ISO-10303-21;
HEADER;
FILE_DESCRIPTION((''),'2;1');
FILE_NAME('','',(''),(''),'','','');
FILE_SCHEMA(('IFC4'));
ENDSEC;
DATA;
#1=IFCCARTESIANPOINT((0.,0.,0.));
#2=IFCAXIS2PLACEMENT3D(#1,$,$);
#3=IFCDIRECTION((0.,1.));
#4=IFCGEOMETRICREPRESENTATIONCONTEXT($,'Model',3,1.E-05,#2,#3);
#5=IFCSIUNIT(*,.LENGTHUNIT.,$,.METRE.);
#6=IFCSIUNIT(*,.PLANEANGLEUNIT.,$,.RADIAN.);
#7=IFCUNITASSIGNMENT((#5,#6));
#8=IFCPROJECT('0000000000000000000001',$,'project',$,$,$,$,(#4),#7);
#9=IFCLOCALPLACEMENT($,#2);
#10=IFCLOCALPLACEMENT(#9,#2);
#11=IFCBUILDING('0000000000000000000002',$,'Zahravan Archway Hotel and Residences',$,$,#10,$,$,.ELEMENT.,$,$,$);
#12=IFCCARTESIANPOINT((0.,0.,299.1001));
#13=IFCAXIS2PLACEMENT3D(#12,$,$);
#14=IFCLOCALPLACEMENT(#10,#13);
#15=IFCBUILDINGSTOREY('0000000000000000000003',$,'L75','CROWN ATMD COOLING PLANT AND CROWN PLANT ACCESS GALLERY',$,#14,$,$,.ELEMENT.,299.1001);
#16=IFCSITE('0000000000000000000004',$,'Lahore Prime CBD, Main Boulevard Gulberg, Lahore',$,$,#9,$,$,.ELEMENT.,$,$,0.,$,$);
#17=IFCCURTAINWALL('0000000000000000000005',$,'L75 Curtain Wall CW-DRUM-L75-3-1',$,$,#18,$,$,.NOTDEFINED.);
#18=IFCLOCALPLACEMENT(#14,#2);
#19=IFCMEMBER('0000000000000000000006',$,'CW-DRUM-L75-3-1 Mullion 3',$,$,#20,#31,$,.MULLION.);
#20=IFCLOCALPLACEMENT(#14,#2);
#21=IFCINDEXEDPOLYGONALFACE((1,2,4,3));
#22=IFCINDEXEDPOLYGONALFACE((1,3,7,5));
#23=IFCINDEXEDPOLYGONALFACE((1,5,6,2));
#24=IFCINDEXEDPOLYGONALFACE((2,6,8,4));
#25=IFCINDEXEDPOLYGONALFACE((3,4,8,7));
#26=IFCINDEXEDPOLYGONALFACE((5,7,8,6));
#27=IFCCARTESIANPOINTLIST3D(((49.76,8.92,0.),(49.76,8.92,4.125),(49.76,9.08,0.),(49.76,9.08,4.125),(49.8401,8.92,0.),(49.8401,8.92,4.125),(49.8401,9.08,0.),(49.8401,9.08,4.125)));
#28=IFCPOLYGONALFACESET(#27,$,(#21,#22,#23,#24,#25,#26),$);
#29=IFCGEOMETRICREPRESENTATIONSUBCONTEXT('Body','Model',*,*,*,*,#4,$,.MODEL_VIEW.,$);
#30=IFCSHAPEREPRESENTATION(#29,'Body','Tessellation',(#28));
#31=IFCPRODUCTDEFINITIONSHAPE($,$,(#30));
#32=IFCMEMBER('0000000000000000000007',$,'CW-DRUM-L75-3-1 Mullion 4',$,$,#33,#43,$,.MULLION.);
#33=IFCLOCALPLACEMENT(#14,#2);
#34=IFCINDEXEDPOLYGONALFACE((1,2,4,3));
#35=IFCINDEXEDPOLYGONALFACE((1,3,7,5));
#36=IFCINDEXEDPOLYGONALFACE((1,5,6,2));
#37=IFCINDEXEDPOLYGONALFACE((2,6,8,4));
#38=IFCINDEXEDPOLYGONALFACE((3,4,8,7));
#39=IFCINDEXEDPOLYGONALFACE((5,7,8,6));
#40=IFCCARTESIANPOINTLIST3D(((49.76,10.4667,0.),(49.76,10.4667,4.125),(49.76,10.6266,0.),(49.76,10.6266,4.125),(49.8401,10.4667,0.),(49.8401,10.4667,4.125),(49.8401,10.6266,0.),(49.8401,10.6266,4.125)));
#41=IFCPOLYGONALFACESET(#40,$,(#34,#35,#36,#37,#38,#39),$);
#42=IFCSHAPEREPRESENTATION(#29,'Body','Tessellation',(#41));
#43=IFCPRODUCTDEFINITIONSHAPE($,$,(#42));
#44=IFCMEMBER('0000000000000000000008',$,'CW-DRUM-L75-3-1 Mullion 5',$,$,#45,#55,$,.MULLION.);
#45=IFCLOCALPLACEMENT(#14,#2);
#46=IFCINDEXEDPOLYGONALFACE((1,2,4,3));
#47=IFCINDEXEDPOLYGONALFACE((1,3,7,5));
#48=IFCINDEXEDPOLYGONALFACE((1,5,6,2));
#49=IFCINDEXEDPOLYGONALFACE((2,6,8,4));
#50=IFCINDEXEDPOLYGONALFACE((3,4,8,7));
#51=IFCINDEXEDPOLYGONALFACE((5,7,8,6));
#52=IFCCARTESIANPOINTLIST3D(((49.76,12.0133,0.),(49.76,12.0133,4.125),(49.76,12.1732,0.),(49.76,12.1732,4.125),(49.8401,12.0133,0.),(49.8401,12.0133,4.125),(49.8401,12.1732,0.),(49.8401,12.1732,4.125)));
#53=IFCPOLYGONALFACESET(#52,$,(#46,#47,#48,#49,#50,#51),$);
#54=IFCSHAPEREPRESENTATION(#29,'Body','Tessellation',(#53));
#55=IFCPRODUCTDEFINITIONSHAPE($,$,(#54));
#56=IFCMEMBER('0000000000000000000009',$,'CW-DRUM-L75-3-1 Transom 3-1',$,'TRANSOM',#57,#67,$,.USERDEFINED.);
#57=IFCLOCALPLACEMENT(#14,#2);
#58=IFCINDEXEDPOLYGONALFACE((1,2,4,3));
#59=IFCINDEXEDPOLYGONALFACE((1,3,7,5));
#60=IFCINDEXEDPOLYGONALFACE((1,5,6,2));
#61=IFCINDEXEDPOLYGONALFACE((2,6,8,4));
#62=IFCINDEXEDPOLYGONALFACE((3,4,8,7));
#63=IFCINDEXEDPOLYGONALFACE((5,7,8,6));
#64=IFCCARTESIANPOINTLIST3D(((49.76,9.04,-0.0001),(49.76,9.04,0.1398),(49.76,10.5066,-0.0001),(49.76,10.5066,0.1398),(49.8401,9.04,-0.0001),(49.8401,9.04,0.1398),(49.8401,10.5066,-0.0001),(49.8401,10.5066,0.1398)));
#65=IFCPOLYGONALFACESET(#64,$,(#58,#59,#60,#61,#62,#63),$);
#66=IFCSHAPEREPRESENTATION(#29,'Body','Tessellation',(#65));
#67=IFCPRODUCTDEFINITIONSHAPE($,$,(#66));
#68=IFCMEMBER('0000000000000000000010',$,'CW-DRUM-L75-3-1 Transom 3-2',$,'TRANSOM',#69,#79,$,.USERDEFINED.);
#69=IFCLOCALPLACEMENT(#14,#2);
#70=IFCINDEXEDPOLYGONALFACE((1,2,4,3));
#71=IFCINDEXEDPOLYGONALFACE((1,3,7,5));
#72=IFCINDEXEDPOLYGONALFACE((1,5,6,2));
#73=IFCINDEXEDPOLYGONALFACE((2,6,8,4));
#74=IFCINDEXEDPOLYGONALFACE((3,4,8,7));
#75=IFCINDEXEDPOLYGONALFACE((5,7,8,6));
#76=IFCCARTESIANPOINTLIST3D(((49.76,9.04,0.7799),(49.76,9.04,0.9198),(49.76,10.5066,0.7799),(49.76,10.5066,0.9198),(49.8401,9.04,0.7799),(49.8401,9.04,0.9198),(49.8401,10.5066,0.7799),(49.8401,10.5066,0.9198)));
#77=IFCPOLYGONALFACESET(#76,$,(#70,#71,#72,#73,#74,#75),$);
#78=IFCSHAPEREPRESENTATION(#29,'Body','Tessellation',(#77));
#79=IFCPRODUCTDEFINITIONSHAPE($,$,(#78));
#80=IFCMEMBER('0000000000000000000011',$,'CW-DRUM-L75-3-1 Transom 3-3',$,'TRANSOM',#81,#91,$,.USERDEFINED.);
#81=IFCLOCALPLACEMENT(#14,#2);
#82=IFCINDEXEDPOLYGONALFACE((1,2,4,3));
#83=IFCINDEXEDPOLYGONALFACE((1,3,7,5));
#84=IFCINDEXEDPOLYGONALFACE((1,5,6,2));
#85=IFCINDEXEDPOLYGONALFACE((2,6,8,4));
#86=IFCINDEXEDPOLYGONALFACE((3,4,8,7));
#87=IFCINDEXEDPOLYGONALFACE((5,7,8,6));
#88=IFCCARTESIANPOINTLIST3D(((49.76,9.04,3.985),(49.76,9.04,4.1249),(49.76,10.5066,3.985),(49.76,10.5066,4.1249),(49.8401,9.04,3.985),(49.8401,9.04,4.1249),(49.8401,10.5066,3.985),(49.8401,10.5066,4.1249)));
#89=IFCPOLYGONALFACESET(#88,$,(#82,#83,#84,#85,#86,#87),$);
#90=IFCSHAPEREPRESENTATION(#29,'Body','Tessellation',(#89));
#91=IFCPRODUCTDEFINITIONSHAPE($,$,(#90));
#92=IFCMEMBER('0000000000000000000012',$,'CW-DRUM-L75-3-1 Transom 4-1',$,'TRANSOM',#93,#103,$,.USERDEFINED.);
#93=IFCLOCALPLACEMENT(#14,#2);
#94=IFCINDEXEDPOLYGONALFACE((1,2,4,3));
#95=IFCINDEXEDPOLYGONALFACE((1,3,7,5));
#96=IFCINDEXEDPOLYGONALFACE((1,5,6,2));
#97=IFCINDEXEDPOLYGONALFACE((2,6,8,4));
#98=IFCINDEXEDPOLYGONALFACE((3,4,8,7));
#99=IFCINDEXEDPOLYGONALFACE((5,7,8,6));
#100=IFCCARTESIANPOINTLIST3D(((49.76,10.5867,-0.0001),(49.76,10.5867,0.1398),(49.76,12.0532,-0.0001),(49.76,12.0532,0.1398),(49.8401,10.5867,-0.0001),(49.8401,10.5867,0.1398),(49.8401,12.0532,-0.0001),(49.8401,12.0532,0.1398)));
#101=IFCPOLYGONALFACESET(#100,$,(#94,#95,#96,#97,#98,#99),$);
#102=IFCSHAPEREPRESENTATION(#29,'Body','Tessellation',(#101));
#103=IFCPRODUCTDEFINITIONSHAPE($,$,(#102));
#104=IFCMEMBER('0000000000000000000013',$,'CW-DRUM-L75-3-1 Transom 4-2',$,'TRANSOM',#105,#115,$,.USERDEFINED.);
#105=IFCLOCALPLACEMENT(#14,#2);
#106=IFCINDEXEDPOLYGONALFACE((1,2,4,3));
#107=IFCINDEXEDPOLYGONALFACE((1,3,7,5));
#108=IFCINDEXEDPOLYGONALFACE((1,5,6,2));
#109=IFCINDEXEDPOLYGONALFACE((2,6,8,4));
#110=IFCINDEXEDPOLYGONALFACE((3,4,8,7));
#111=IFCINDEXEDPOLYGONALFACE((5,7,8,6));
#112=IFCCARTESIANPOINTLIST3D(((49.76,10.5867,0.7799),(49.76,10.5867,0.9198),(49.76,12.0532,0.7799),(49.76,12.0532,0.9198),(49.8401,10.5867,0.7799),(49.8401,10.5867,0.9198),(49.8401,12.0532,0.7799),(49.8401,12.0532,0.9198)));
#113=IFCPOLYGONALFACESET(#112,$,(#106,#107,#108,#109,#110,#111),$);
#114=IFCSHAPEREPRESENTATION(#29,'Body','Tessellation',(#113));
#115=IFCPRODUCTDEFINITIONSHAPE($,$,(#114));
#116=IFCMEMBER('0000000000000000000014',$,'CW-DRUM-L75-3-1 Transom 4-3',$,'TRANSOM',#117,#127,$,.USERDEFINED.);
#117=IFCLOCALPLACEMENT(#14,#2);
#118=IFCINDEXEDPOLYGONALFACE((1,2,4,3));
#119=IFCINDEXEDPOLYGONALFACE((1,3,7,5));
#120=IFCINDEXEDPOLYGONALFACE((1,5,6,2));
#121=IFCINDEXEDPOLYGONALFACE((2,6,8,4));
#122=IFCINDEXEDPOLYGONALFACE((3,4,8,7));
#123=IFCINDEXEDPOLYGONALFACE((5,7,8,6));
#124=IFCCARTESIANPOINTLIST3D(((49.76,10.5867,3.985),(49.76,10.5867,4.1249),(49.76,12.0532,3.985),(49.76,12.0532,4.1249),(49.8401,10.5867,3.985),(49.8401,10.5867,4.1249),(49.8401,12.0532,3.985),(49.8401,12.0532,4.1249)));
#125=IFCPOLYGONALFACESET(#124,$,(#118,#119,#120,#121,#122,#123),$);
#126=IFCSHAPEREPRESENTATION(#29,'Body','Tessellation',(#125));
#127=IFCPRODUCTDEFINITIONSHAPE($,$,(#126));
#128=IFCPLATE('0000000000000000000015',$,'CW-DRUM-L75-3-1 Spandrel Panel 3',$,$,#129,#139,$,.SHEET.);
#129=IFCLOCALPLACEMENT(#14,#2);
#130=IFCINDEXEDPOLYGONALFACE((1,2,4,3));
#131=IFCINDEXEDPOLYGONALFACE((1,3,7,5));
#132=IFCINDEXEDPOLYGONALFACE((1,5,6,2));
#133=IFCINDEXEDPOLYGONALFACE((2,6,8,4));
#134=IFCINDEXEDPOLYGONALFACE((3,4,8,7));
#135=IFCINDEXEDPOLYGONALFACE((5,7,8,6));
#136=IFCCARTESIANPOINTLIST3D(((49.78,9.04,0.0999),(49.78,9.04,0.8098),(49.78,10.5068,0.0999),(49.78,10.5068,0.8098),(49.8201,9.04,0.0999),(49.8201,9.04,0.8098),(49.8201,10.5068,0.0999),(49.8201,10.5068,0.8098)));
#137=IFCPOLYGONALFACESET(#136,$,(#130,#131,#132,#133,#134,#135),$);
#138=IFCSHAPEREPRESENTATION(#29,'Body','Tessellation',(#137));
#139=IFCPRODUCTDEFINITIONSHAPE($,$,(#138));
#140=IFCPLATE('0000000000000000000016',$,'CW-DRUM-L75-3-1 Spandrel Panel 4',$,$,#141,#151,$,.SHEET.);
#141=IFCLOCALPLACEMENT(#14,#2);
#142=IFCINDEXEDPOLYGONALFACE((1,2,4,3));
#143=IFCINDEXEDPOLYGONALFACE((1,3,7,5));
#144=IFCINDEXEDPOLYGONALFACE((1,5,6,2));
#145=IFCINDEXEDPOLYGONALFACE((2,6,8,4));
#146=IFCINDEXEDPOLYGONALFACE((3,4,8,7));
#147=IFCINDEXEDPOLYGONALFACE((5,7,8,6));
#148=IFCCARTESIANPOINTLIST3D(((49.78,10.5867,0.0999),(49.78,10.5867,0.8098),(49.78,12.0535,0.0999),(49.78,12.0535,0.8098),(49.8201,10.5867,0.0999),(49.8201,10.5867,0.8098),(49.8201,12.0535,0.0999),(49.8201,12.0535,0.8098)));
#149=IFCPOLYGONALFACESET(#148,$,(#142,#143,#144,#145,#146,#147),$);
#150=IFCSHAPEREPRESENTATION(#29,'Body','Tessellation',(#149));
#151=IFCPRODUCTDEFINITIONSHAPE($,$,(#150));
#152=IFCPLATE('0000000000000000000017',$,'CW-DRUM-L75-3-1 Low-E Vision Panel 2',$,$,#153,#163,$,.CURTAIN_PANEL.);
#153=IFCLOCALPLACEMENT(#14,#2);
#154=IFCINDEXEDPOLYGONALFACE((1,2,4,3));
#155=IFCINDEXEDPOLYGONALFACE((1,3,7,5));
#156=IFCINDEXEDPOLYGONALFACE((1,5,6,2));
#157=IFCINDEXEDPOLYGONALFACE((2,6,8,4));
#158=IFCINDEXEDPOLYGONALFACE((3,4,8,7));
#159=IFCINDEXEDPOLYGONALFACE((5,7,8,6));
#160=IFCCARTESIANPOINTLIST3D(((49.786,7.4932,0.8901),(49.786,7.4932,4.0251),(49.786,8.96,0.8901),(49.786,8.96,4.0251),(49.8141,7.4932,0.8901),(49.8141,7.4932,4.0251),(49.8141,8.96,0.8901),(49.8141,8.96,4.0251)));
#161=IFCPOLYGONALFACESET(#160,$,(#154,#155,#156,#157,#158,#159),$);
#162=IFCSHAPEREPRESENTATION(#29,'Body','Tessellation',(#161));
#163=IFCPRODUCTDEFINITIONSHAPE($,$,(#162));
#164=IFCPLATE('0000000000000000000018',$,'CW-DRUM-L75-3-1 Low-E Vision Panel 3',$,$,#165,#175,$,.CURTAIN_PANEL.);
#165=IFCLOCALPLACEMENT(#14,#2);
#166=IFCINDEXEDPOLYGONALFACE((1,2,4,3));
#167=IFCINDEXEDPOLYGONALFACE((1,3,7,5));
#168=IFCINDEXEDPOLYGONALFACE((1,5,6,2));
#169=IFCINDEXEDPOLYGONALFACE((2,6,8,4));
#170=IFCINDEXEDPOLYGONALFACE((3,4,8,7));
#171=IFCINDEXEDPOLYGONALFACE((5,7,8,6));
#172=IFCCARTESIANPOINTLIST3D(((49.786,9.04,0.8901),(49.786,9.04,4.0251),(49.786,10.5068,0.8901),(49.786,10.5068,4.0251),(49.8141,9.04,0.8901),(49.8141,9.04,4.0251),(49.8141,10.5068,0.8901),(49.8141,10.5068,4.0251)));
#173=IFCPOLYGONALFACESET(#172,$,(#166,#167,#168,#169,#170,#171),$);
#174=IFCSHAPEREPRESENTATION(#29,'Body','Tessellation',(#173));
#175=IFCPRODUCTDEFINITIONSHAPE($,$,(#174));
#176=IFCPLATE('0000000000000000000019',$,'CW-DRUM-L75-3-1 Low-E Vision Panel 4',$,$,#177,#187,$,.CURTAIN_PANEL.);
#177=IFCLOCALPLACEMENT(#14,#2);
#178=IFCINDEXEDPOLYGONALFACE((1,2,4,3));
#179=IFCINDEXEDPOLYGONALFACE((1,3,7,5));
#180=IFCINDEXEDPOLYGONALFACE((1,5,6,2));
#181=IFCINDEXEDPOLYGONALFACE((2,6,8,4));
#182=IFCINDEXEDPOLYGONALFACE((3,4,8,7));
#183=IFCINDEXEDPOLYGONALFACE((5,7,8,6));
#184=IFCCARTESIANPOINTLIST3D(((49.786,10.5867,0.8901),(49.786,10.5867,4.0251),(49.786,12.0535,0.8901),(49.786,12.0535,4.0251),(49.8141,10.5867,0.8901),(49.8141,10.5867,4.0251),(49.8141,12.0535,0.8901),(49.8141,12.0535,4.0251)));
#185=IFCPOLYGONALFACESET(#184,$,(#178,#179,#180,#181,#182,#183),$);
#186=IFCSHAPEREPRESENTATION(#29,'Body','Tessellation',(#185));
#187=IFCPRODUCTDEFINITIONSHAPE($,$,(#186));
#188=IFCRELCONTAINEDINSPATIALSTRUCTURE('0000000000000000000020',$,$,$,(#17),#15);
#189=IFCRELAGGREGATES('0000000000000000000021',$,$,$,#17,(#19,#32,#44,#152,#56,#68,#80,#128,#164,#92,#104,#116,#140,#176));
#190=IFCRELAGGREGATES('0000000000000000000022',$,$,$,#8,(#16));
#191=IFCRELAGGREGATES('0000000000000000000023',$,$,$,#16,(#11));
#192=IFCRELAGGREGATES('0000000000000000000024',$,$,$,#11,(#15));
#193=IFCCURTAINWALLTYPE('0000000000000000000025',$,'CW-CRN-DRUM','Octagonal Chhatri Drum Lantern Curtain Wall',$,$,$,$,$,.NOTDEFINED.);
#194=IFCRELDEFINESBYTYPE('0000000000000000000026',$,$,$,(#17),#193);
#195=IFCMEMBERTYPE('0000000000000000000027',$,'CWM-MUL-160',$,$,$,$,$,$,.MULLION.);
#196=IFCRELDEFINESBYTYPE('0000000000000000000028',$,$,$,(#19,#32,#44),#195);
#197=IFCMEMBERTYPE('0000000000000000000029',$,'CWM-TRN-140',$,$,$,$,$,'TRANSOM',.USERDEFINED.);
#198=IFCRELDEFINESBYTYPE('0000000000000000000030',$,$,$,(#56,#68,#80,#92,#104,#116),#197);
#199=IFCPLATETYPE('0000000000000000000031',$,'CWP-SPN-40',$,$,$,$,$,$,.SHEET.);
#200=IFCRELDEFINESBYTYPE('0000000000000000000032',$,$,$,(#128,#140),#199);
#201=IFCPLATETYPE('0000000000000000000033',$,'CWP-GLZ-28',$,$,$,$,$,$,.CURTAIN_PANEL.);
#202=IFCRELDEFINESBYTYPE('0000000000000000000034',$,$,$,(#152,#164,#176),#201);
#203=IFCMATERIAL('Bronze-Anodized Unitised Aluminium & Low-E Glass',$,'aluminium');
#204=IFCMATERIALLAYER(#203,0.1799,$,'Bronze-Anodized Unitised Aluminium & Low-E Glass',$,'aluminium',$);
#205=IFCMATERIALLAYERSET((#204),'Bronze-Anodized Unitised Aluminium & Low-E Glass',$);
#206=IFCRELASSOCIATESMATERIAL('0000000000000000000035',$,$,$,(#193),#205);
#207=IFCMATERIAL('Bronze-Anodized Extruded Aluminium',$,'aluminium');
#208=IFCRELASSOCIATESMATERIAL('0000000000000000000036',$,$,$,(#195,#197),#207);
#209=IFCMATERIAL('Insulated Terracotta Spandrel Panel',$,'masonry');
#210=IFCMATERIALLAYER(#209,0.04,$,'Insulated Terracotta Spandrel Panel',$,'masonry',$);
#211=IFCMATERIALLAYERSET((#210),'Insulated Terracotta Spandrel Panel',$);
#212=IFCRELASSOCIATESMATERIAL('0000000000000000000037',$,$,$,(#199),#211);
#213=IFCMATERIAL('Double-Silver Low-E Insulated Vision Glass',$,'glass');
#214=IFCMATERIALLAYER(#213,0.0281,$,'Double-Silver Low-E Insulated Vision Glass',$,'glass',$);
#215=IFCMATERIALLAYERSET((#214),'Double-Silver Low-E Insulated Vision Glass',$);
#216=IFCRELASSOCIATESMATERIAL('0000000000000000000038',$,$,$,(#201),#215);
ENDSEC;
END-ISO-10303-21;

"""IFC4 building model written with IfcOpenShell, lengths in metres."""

from ifc_helpers import new_model, si_unit, direction, frame, origin, origin_2d, place, context, subcontext, project, spatial, rectangle, extrude, source, transform, mapped, material, layer, layer_set, material_profile, profile_set, type_object, element, aggregate, save


model = new_model("IFC4")

# Units and contexts
model_context = context("Model", 3, precision=1e-05, world=origin(), true_north=direction((0.0, 1.0)))
body_context = subcontext(model_context, "Body", "Model", "MODEL_VIEW")
ifc_project = project(units=[si_unit("LENGTHUNIT", "METRE"), si_unit("PLANEANGLEUNIT", "RADIAN")], contexts=[model_context])

# Site, building, storey
site_placement = place(None, origin())
site = spatial("IfcSite", under=ifc_project, at=site_placement, Name="Lahore Prime CBD, Main Boulevard Gulberg, Lahore", CompositionType="ELEMENT", RefElevation=0.0)
building_placement = place(site_placement, origin())
building = spatial("IfcBuilding", under=site, at=building_placement, Name="Zahravan Archway Hotel and Residences", CompositionType="ELEMENT")
storey_placement = place(building_placement, frame((0.0, 0.0, 299.1001)))
storey = spatial("IfcBuildingStorey", under=building, at=storey_placement, Name="L75", Description="CROWN ATMD COOLING PLANT AND CROWN PLANT ACCESS GALLERY", CompositionType="ELEMENT", Elevation=299.1001)

# Curtain wall, members, plates
ifc_material_1 = material(Name="Bronze-Anodized Unitised Aluminium & Low-E Glass", Category="aluminium")
ifc_layer_1 = layer(ifc_material_1, 0.1799, Name="Bronze-Anodized Unitised Aluminium & Low-E Glass", Category="aluminium")
ifc_layer_set_1 = layer_set([ifc_layer_1], Name="Bronze-Anodized Unitised Aluminium & Low-E Glass")
curtain_wall_type = type_object("IfcCurtainWallType", Name="CW-CRN-DRUM", Description="Octagonal Chhatri Drum Lantern Curtain Wall", PredefinedType="NOTDEFINED", material=ifc_layer_set_1)
curtain_wall_placement = place(storey_placement, origin())
curtain_wall = element("IfcCurtainWall", 1, at=curtain_wall_placement, inside=storey, type_object=curtain_wall_type, Name="L75 Curtain Wall CW-DRUM-L75-3-1", PredefinedType="NOTDEFINED")
ifc_material_2 = material(Name="Bronze-Anodized Extruded Aluminium", Category="aluminium")
ifc_material_profile_1 = material_profile(ifc_material_2, rectangle(XDim=0.0801, YDim=0.1599, at=origin_2d()), Name="MUL 80x160", Category="aluminium")
ifc_profile_set_1 = profile_set([ifc_material_profile_1], Name="Bronze-Anodized Extruded Aluminium")
member_type_1 = type_object("IfcMemberType", Name="CWM-MUL-160", PredefinedType="MULLION", material=ifc_profile_set_1)
shared_shape_1 = source(origin(), body_context, "Body", "SweptSolid", [
    extrude(rectangle(XDim=0.0801, YDim=0.1599, at=origin_2d()), origin(), (0.0, 0.0, 1.0), 4.125),
])
member_1_placement = place(storey_placement, frame((49.8, 9.0, 0.0), z_axis=(0.0, 0.0, 1.0), x_axis=(1.0, 0.0, 0.0)))
member_1 = element("IfcMember", 2, at=member_1_placement, type_object=member_type_1, Name="CW-DRUM-L75-3-1 Mullion 3", PredefinedType="MULLION", context=body_context, shape_type="MappedRepresentation", body=[
    mapped(shared_shape_1, transform((0.0, 0.0, 0.0), scale=1.0)),
])
member_2_placement = place(storey_placement, frame((49.8, 10.5466, 0.0), z_axis=(0.0, 0.0, 1.0), x_axis=(1.0, 0.0, 0.0)))
member_2 = element("IfcMember", 3, at=member_2_placement, type_object=member_type_1, Name="CW-DRUM-L75-3-1 Mullion 4", PredefinedType="MULLION", context=body_context, shape_type="MappedRepresentation", body=[
    mapped(shared_shape_1, transform((0.0, 0.0, 0.0), scale=1.0)),
])
member_3_placement = place(storey_placement, frame((49.8, 12.0933, 0.0), z_axis=(0.0, 0.0, 1.0), x_axis=(1.0, 0.0, 0.0)))
member_3 = element("IfcMember", 4, at=member_3_placement, type_object=member_type_1, Name="CW-DRUM-L75-3-1 Mullion 5", PredefinedType="MULLION", context=body_context, shape_type="MappedRepresentation", body=[
    mapped(shared_shape_1, transform((0.0, 0.0, 0.0), scale=1.0)),
])
ifc_material_profile_2 = material_profile(ifc_material_2, rectangle(XDim=0.0801, YDim=0.1399, at=origin_2d()), Name="TRN 80x140", Category="aluminium")
ifc_profile_set_2 = profile_set([ifc_material_profile_2], Name="Bronze-Anodized Extruded Aluminium")
member_type_2 = type_object("IfcMemberType", Name="CWM-TRN-140", ElementType="TRANSOM", PredefinedType="USERDEFINED", material=ifc_profile_set_2)
shared_shape_2 = source(origin(), body_context, "Body", "SweptSolid", [
    extrude(rectangle(XDim=0.0801, YDim=0.1399, at=origin_2d()), origin(), (0.0, 0.0, 1.0), 1.4666),
])
member_4_placement = place(storey_placement, frame((49.8, 9.04, 0.0698), z_axis=(0.0, 1.0, 0.0), x_axis=(-1.0, 0.0, 0.0)))
member_4 = element("IfcMember", 5, at=member_4_placement, type_object=member_type_2, Name="CW-DRUM-L75-3-1 Transom 3-1", ObjectType="TRANSOM", PredefinedType="USERDEFINED", context=body_context, shape_type="MappedRepresentation", body=[
    mapped(shared_shape_2, transform((0.0, 0.0, 0.0), scale=1.0)),
])
member_5_placement = place(storey_placement, frame((49.8, 9.04, 0.8499), z_axis=(0.0, 1.0, 0.0), x_axis=(-1.0, 0.0, 0.0)))
member_5 = element("IfcMember", 6, at=member_5_placement, type_object=member_type_2, Name="CW-DRUM-L75-3-1 Transom 3-2", ObjectType="TRANSOM", PredefinedType="USERDEFINED", context=body_context, shape_type="MappedRepresentation", body=[
    mapped(shared_shape_2, transform((0.0, 0.0, 0.0), scale=1.0)),
])
member_6_placement = place(storey_placement, frame((49.8, 9.04, 4.0549), z_axis=(0.0, 1.0, 0.0), x_axis=(-1.0, 0.0, 0.0)))
member_6 = element("IfcMember", 7, at=member_6_placement, type_object=member_type_2, Name="CW-DRUM-L75-3-1 Transom 3-3", ObjectType="TRANSOM", PredefinedType="USERDEFINED", context=body_context, shape_type="MappedRepresentation", body=[
    mapped(shared_shape_2, transform((0.0, 0.0, 0.0), scale=1.0)),
])
member_7_placement = place(storey_placement, frame((49.8, 10.5867, 0.0698), z_axis=(0.0, 1.0, 0.0), x_axis=(-1.0, 0.0, 0.0)))
member_7 = element("IfcMember", 8, at=member_7_placement, type_object=member_type_2, Name="CW-DRUM-L75-3-1 Transom 4-1", ObjectType="TRANSOM", PredefinedType="USERDEFINED", context=body_context, shape_type="MappedRepresentation", body=[
    mapped(shared_shape_2, transform((0.0, 0.0, 0.0), scale=1.0)),
])
member_8_placement = place(storey_placement, frame((49.8, 10.5867, 0.8499), z_axis=(0.0, 1.0, 0.0), x_axis=(-1.0, 0.0, 0.0)))
member_8 = element("IfcMember", 9, at=member_8_placement, type_object=member_type_2, Name="CW-DRUM-L75-3-1 Transom 4-2", ObjectType="TRANSOM", PredefinedType="USERDEFINED", context=body_context, shape_type="MappedRepresentation", body=[
    mapped(shared_shape_2, transform((0.0, 0.0, 0.0), scale=1.0)),
])
member_9_placement = place(storey_placement, frame((49.8, 10.5867, 4.0549), z_axis=(0.0, 1.0, 0.0), x_axis=(-1.0, 0.0, 0.0)))
member_9 = element("IfcMember", 10, at=member_9_placement, type_object=member_type_2, Name="CW-DRUM-L75-3-1 Transom 4-3", ObjectType="TRANSOM", PredefinedType="USERDEFINED", context=body_context, shape_type="MappedRepresentation", body=[
    mapped(shared_shape_2, transform((0.0, 0.0, 0.0), scale=1.0)),
])
ifc_material_3 = material(Name="Insulated Terracotta Spandrel Panel", Category="masonry")
ifc_layer_2 = layer(ifc_material_3, 0.04, Name="Insulated Terracotta Spandrel Panel", Category="masonry")
ifc_layer_set_2 = layer_set([ifc_layer_2], Name="Insulated Terracotta Spandrel Panel")
plate_type_1 = type_object("IfcPlateType", Name="CWP-SPN-40", PredefinedType="SHEET", material=ifc_layer_set_2)
shared_shape_3 = source(origin(), body_context, "Body", "SweptSolid", [
    extrude(rectangle(XDim=1.4668, YDim=0.04, at=origin_2d()), origin(), (0.0, 0.0, 1.0), 0.71),
])
plate_1_placement = place(storey_placement, frame((49.8, 9.7734, 0.0999), z_axis=(0.0, 0.0, 1.0), x_axis=(0.0, 1.0, 0.0)))
plate_1 = element("IfcPlate", 11, at=plate_1_placement, type_object=plate_type_1, Name="CW-DRUM-L75-3-1 Spandrel Panel 3", PredefinedType="SHEET", context=body_context, shape_type="MappedRepresentation", body=[
    mapped(shared_shape_3, transform((0.0, 0.0, 0.0), scale=1.0)),
])
plate_2_placement = place(storey_placement, frame((49.8, 11.3201, 0.0999), z_axis=(0.0, 0.0, 1.0), x_axis=(0.0, 1.0, 0.0)))
plate_2 = element("IfcPlate", 12, at=plate_2_placement, type_object=plate_type_1, Name="CW-DRUM-L75-3-1 Spandrel Panel 4", PredefinedType="SHEET", context=body_context, shape_type="MappedRepresentation", body=[
    mapped(shared_shape_3, transform((0.0, 0.0, 0.0), scale=1.0)),
])
ifc_material_4 = material(Name="Double-Silver Low-E Insulated Vision Glass", Category="glass")
ifc_layer_3 = layer(ifc_material_4, 0.0281, Name="Double-Silver Low-E Insulated Vision Glass", Category="glass")
ifc_layer_set_3 = layer_set([ifc_layer_3], Name="Double-Silver Low-E Insulated Vision Glass")
plate_type_2 = type_object("IfcPlateType", Name="CWP-GLZ-28", PredefinedType="CURTAIN_PANEL", material=ifc_layer_set_3)
shared_shape_4 = source(origin(), body_context, "Body", "SweptSolid", [
    extrude(rectangle(XDim=1.4668, YDim=0.0281, at=origin_2d()), origin(), (0.0, 0.0, 1.0), 3.135),
])
plate_3_placement = place(storey_placement, frame((49.8, 8.2266, 0.8901), z_axis=(0.0, 0.0, 1.0), x_axis=(0.0, 1.0, 0.0)))
plate_3 = element("IfcPlate", 13, at=plate_3_placement, type_object=plate_type_2, Name="CW-DRUM-L75-3-1 Low-E Vision Panel 2", PredefinedType="CURTAIN_PANEL", context=body_context, shape_type="MappedRepresentation", body=[
    mapped(shared_shape_4, transform((0.0, 0.0, 0.0), scale=1.0)),
])
plate_4_placement = place(storey_placement, frame((49.8, 9.7734, 0.8901), z_axis=(0.0, 0.0, 1.0), x_axis=(0.0, 1.0, 0.0)))
plate_4 = element("IfcPlate", 14, at=plate_4_placement, type_object=plate_type_2, Name="CW-DRUM-L75-3-1 Low-E Vision Panel 3", PredefinedType="CURTAIN_PANEL", context=body_context, shape_type="MappedRepresentation", body=[
    mapped(shared_shape_4, transform((0.0, 0.0, 0.0), scale=1.0)),
])
plate_5_placement = place(storey_placement, frame((49.8, 11.3201, 0.8901), z_axis=(0.0, 0.0, 1.0), x_axis=(0.0, 1.0, 0.0)))
plate_5 = element("IfcPlate", 15, at=plate_5_placement, type_object=plate_type_2, Name="CW-DRUM-L75-3-1 Low-E Vision Panel 4", PredefinedType="CURTAIN_PANEL", context=body_context, shape_type="MappedRepresentation", body=[
    mapped(shared_shape_4, transform((0.0, 0.0, 0.0), scale=1.0)),
])
aggregate(curtain_wall, [member_1, member_2, member_3, plate_3, member_4, member_5, member_6, plate_1, plate_4, member_7, member_8, member_9, plate_2, plate_5])

save(model, "model.ifc")
